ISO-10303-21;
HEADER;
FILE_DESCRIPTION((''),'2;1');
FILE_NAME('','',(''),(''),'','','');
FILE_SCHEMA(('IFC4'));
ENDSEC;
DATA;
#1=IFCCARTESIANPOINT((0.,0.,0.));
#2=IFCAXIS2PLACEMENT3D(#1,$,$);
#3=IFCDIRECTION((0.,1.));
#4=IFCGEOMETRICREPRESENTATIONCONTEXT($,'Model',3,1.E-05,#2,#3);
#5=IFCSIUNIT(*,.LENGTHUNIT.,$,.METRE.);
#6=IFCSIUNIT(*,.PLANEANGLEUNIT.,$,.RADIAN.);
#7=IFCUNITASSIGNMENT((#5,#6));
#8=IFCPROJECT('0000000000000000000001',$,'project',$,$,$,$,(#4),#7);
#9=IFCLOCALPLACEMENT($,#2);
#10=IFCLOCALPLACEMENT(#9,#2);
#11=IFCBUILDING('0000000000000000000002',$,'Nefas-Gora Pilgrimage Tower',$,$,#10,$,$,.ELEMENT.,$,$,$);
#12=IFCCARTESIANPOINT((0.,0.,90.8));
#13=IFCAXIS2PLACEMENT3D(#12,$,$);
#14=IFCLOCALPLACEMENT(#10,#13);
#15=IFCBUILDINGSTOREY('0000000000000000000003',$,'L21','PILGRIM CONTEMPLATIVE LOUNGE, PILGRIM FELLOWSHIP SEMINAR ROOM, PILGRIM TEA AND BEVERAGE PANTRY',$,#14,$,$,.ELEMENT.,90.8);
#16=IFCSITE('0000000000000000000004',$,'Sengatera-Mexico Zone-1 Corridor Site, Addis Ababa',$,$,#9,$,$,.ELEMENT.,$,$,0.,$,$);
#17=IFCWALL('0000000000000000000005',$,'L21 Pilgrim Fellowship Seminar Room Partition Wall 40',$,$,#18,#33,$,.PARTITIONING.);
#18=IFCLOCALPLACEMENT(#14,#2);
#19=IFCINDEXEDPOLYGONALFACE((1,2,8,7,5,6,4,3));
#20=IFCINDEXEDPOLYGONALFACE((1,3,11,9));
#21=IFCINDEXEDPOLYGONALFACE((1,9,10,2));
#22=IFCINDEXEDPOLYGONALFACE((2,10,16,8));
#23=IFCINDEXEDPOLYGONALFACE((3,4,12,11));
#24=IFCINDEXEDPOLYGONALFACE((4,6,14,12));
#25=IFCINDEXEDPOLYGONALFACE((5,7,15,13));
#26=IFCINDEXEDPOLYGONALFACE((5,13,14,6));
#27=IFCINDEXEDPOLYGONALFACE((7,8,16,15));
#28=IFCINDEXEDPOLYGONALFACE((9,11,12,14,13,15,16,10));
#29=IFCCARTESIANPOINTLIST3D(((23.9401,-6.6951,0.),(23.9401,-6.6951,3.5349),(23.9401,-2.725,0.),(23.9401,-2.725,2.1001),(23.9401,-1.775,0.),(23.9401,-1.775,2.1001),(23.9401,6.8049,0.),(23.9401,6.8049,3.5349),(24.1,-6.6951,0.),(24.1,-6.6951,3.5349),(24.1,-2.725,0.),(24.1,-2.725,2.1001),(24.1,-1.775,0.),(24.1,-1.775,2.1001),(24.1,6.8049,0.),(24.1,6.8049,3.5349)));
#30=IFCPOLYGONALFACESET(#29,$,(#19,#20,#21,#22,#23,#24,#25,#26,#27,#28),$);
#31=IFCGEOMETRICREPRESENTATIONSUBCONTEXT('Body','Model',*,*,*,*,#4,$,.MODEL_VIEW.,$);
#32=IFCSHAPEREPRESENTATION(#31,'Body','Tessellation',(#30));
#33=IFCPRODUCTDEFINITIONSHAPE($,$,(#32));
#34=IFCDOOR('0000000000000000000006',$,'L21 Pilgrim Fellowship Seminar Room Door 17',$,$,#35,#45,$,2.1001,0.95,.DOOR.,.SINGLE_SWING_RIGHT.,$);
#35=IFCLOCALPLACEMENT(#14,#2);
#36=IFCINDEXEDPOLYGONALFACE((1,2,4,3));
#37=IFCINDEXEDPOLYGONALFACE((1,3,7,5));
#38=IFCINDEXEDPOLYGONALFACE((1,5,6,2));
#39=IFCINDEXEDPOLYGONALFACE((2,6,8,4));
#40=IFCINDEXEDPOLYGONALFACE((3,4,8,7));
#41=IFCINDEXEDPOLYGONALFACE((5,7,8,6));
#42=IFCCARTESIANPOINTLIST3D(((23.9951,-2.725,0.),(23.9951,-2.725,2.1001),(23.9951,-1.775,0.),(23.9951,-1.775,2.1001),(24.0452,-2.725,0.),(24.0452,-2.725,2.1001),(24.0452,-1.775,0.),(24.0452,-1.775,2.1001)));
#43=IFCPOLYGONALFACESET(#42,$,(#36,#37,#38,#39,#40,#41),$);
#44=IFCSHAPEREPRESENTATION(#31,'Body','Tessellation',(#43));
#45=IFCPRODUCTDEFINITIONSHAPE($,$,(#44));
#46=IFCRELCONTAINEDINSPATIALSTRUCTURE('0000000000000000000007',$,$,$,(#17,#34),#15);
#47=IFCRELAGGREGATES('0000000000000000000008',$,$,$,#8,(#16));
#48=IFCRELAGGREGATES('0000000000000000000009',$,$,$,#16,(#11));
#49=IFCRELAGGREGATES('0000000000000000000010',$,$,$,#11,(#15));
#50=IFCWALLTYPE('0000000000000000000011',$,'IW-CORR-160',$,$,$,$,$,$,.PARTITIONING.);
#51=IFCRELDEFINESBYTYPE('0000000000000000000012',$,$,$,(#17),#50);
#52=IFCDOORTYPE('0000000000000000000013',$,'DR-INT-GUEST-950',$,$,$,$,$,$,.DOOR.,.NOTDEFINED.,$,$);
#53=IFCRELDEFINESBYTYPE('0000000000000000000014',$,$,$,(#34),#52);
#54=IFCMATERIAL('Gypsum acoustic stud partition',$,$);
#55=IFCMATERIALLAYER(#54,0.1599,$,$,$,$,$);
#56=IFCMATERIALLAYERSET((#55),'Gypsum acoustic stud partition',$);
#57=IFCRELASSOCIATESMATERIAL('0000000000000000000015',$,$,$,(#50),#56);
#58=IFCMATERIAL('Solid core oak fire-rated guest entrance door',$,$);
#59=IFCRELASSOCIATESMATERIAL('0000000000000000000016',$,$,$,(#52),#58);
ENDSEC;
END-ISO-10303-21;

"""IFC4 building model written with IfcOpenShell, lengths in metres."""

from ifc_helpers import new_model, si_unit, direction, frame, frame_2d, origin, place, context, subcontext, project, spatial, rectangle, extrude, source, transform, mapped, material, layer, layer_set, type_object, element, fill, save


model = new_model("IFC4")

# Units and contexts
model_context = context("Model", 3, precision=1e-05, world=origin(), true_north=direction((0.0, 1.0)))
body_context = subcontext(model_context, "Body", "Model", "MODEL_VIEW")
ifc_project = project(units=[si_unit("LENGTHUNIT", "METRE"), si_unit("PLANEANGLEUNIT", "RADIAN")], contexts=[model_context])

# Site, building, storey
site_placement = place(None, origin())
site = spatial("IfcSite", under=ifc_project, at=site_placement, Name="Sengatera-Mexico Zone-1 Corridor Site, Addis Ababa", CompositionType="ELEMENT", RefElevation=0.0)
building_placement = place(site_placement, origin())
building = spatial("IfcBuilding", under=site, at=building_placement, Name="Nefas-Gora Pilgrimage Tower", CompositionType="ELEMENT")
storey_placement = place(building_placement, frame((0.0, 0.0, 90.8)))
storey = spatial("IfcBuildingStorey", under=building, at=storey_placement, Name="L21", Description="PILGRIM CONTEMPLATIVE LOUNGE, PILGRIM FELLOWSHIP SEMINAR ROOM, PILGRIM TEA AND BEVERAGE PANTRY", CompositionType="ELEMENT", Elevation=90.8)

# Wall, opening, door
ifc_material_1 = material(Name="Gypsum acoustic stud partition")
ifc_layer_1 = layer(ifc_material_1, 0.1599)
ifc_layer_set_1 = layer_set([ifc_layer_1], Name="Gypsum acoustic stud partition")
wall_type_1 = type_object("IfcWallType", Name="IW-CORR-160", PredefinedType="PARTITIONING", material=ifc_layer_set_1)
ifc_material_2 = material(Name="Solid core oak fire-rated guest entrance door")
door_type = type_object("IfcDoorType", Name="DR-INT-GUEST-950", OperationType="NOTDEFINED", PredefinedType="DOOR", material=ifc_material_2)
shared_shape_1 = source(origin(), body_context, "Body", "SweptSolid", [
    extrude(rectangle(XDim=0.95, YDim=2.1001, at=frame_2d((0.4751, 1.05))), frame((0.0, 0.0249, 0.0), z_axis=(0.0, -1.0, 0.0), x_axis=(1.0, 0.0, 0.0)), (0.0, 0.0, 1.0), 0.05),
])
shared_shape_2 = source(origin(), body_context, "Body", "SweptSolid", [
    extrude(rectangle(XDim=13.5, YDim=0.1599, at=frame_2d((6.75, 0.0))), origin(), (0.0, 0.0, 1.0), 3.5349),
])
wall_1_placement = place(storey_placement, frame((24.02, -6.6951, 0.0), z_axis=(0.0, 0.0, 1.0), x_axis=(0.0, 1.0, 0.0)))
wall_1 = element("IfcWall", 1, at=wall_1_placement, inside=storey, type_object=wall_type_1, Name="L21 Pilgrim Fellowship Seminar Room Partition Wall 40", PredefinedType="PARTITIONING", context=body_context, shape_type="MappedRepresentation", body=[
    mapped(shared_shape_2, transform((0.0, 0.0, 0.0), x_axis=(1.0, 0.0, 0.0), y_axis=(0.0, 1.0, 0.0), z_axis=(0.0, 0.0, 1.0), scale=1.0)),
])
opening_1_placement = place(wall_1_placement, frame((3.97, 0.0, 0.0)))
opening_1 = element("IfcOpeningElement", 2, at=opening_1_placement, cuts=wall_1, PredefinedType="OPENING", context=body_context, shape_type="SweptSolid", body=[
    extrude(rectangle(XDim=0.95, YDim=2.1001, at=frame_2d((0.4751, 1.05))), frame((0.0, 0.0898, 0.0), z_axis=(0.0, -1.0, 0.0), x_axis=(1.0, 0.0, 0.0)), (0.0, 0.0, 1.0), 0.1799),
])
door_1_placement = place(opening_1_placement, origin())
door_1 = element("IfcDoor", 3, at=door_1_placement, inside=storey, type_object=door_type, Name="L21 Pilgrim Fellowship Seminar Room Door 17", OperationType="SINGLE_SWING_RIGHT", OverallHeight=2.1001, OverallWidth=0.95, PredefinedType="DOOR", context=body_context, shape_type="MappedRepresentation", body=[
    mapped(shared_shape_1, transform((0.0, 0.0, 0.0), x_axis=(1.0, 0.0, 0.0), y_axis=(0.0, 1.0, 0.0), z_axis=(0.0, 0.0, 1.0), scale=1.0)),
])
fill(opening_1, door_1)

save(model, "model.ifc")
